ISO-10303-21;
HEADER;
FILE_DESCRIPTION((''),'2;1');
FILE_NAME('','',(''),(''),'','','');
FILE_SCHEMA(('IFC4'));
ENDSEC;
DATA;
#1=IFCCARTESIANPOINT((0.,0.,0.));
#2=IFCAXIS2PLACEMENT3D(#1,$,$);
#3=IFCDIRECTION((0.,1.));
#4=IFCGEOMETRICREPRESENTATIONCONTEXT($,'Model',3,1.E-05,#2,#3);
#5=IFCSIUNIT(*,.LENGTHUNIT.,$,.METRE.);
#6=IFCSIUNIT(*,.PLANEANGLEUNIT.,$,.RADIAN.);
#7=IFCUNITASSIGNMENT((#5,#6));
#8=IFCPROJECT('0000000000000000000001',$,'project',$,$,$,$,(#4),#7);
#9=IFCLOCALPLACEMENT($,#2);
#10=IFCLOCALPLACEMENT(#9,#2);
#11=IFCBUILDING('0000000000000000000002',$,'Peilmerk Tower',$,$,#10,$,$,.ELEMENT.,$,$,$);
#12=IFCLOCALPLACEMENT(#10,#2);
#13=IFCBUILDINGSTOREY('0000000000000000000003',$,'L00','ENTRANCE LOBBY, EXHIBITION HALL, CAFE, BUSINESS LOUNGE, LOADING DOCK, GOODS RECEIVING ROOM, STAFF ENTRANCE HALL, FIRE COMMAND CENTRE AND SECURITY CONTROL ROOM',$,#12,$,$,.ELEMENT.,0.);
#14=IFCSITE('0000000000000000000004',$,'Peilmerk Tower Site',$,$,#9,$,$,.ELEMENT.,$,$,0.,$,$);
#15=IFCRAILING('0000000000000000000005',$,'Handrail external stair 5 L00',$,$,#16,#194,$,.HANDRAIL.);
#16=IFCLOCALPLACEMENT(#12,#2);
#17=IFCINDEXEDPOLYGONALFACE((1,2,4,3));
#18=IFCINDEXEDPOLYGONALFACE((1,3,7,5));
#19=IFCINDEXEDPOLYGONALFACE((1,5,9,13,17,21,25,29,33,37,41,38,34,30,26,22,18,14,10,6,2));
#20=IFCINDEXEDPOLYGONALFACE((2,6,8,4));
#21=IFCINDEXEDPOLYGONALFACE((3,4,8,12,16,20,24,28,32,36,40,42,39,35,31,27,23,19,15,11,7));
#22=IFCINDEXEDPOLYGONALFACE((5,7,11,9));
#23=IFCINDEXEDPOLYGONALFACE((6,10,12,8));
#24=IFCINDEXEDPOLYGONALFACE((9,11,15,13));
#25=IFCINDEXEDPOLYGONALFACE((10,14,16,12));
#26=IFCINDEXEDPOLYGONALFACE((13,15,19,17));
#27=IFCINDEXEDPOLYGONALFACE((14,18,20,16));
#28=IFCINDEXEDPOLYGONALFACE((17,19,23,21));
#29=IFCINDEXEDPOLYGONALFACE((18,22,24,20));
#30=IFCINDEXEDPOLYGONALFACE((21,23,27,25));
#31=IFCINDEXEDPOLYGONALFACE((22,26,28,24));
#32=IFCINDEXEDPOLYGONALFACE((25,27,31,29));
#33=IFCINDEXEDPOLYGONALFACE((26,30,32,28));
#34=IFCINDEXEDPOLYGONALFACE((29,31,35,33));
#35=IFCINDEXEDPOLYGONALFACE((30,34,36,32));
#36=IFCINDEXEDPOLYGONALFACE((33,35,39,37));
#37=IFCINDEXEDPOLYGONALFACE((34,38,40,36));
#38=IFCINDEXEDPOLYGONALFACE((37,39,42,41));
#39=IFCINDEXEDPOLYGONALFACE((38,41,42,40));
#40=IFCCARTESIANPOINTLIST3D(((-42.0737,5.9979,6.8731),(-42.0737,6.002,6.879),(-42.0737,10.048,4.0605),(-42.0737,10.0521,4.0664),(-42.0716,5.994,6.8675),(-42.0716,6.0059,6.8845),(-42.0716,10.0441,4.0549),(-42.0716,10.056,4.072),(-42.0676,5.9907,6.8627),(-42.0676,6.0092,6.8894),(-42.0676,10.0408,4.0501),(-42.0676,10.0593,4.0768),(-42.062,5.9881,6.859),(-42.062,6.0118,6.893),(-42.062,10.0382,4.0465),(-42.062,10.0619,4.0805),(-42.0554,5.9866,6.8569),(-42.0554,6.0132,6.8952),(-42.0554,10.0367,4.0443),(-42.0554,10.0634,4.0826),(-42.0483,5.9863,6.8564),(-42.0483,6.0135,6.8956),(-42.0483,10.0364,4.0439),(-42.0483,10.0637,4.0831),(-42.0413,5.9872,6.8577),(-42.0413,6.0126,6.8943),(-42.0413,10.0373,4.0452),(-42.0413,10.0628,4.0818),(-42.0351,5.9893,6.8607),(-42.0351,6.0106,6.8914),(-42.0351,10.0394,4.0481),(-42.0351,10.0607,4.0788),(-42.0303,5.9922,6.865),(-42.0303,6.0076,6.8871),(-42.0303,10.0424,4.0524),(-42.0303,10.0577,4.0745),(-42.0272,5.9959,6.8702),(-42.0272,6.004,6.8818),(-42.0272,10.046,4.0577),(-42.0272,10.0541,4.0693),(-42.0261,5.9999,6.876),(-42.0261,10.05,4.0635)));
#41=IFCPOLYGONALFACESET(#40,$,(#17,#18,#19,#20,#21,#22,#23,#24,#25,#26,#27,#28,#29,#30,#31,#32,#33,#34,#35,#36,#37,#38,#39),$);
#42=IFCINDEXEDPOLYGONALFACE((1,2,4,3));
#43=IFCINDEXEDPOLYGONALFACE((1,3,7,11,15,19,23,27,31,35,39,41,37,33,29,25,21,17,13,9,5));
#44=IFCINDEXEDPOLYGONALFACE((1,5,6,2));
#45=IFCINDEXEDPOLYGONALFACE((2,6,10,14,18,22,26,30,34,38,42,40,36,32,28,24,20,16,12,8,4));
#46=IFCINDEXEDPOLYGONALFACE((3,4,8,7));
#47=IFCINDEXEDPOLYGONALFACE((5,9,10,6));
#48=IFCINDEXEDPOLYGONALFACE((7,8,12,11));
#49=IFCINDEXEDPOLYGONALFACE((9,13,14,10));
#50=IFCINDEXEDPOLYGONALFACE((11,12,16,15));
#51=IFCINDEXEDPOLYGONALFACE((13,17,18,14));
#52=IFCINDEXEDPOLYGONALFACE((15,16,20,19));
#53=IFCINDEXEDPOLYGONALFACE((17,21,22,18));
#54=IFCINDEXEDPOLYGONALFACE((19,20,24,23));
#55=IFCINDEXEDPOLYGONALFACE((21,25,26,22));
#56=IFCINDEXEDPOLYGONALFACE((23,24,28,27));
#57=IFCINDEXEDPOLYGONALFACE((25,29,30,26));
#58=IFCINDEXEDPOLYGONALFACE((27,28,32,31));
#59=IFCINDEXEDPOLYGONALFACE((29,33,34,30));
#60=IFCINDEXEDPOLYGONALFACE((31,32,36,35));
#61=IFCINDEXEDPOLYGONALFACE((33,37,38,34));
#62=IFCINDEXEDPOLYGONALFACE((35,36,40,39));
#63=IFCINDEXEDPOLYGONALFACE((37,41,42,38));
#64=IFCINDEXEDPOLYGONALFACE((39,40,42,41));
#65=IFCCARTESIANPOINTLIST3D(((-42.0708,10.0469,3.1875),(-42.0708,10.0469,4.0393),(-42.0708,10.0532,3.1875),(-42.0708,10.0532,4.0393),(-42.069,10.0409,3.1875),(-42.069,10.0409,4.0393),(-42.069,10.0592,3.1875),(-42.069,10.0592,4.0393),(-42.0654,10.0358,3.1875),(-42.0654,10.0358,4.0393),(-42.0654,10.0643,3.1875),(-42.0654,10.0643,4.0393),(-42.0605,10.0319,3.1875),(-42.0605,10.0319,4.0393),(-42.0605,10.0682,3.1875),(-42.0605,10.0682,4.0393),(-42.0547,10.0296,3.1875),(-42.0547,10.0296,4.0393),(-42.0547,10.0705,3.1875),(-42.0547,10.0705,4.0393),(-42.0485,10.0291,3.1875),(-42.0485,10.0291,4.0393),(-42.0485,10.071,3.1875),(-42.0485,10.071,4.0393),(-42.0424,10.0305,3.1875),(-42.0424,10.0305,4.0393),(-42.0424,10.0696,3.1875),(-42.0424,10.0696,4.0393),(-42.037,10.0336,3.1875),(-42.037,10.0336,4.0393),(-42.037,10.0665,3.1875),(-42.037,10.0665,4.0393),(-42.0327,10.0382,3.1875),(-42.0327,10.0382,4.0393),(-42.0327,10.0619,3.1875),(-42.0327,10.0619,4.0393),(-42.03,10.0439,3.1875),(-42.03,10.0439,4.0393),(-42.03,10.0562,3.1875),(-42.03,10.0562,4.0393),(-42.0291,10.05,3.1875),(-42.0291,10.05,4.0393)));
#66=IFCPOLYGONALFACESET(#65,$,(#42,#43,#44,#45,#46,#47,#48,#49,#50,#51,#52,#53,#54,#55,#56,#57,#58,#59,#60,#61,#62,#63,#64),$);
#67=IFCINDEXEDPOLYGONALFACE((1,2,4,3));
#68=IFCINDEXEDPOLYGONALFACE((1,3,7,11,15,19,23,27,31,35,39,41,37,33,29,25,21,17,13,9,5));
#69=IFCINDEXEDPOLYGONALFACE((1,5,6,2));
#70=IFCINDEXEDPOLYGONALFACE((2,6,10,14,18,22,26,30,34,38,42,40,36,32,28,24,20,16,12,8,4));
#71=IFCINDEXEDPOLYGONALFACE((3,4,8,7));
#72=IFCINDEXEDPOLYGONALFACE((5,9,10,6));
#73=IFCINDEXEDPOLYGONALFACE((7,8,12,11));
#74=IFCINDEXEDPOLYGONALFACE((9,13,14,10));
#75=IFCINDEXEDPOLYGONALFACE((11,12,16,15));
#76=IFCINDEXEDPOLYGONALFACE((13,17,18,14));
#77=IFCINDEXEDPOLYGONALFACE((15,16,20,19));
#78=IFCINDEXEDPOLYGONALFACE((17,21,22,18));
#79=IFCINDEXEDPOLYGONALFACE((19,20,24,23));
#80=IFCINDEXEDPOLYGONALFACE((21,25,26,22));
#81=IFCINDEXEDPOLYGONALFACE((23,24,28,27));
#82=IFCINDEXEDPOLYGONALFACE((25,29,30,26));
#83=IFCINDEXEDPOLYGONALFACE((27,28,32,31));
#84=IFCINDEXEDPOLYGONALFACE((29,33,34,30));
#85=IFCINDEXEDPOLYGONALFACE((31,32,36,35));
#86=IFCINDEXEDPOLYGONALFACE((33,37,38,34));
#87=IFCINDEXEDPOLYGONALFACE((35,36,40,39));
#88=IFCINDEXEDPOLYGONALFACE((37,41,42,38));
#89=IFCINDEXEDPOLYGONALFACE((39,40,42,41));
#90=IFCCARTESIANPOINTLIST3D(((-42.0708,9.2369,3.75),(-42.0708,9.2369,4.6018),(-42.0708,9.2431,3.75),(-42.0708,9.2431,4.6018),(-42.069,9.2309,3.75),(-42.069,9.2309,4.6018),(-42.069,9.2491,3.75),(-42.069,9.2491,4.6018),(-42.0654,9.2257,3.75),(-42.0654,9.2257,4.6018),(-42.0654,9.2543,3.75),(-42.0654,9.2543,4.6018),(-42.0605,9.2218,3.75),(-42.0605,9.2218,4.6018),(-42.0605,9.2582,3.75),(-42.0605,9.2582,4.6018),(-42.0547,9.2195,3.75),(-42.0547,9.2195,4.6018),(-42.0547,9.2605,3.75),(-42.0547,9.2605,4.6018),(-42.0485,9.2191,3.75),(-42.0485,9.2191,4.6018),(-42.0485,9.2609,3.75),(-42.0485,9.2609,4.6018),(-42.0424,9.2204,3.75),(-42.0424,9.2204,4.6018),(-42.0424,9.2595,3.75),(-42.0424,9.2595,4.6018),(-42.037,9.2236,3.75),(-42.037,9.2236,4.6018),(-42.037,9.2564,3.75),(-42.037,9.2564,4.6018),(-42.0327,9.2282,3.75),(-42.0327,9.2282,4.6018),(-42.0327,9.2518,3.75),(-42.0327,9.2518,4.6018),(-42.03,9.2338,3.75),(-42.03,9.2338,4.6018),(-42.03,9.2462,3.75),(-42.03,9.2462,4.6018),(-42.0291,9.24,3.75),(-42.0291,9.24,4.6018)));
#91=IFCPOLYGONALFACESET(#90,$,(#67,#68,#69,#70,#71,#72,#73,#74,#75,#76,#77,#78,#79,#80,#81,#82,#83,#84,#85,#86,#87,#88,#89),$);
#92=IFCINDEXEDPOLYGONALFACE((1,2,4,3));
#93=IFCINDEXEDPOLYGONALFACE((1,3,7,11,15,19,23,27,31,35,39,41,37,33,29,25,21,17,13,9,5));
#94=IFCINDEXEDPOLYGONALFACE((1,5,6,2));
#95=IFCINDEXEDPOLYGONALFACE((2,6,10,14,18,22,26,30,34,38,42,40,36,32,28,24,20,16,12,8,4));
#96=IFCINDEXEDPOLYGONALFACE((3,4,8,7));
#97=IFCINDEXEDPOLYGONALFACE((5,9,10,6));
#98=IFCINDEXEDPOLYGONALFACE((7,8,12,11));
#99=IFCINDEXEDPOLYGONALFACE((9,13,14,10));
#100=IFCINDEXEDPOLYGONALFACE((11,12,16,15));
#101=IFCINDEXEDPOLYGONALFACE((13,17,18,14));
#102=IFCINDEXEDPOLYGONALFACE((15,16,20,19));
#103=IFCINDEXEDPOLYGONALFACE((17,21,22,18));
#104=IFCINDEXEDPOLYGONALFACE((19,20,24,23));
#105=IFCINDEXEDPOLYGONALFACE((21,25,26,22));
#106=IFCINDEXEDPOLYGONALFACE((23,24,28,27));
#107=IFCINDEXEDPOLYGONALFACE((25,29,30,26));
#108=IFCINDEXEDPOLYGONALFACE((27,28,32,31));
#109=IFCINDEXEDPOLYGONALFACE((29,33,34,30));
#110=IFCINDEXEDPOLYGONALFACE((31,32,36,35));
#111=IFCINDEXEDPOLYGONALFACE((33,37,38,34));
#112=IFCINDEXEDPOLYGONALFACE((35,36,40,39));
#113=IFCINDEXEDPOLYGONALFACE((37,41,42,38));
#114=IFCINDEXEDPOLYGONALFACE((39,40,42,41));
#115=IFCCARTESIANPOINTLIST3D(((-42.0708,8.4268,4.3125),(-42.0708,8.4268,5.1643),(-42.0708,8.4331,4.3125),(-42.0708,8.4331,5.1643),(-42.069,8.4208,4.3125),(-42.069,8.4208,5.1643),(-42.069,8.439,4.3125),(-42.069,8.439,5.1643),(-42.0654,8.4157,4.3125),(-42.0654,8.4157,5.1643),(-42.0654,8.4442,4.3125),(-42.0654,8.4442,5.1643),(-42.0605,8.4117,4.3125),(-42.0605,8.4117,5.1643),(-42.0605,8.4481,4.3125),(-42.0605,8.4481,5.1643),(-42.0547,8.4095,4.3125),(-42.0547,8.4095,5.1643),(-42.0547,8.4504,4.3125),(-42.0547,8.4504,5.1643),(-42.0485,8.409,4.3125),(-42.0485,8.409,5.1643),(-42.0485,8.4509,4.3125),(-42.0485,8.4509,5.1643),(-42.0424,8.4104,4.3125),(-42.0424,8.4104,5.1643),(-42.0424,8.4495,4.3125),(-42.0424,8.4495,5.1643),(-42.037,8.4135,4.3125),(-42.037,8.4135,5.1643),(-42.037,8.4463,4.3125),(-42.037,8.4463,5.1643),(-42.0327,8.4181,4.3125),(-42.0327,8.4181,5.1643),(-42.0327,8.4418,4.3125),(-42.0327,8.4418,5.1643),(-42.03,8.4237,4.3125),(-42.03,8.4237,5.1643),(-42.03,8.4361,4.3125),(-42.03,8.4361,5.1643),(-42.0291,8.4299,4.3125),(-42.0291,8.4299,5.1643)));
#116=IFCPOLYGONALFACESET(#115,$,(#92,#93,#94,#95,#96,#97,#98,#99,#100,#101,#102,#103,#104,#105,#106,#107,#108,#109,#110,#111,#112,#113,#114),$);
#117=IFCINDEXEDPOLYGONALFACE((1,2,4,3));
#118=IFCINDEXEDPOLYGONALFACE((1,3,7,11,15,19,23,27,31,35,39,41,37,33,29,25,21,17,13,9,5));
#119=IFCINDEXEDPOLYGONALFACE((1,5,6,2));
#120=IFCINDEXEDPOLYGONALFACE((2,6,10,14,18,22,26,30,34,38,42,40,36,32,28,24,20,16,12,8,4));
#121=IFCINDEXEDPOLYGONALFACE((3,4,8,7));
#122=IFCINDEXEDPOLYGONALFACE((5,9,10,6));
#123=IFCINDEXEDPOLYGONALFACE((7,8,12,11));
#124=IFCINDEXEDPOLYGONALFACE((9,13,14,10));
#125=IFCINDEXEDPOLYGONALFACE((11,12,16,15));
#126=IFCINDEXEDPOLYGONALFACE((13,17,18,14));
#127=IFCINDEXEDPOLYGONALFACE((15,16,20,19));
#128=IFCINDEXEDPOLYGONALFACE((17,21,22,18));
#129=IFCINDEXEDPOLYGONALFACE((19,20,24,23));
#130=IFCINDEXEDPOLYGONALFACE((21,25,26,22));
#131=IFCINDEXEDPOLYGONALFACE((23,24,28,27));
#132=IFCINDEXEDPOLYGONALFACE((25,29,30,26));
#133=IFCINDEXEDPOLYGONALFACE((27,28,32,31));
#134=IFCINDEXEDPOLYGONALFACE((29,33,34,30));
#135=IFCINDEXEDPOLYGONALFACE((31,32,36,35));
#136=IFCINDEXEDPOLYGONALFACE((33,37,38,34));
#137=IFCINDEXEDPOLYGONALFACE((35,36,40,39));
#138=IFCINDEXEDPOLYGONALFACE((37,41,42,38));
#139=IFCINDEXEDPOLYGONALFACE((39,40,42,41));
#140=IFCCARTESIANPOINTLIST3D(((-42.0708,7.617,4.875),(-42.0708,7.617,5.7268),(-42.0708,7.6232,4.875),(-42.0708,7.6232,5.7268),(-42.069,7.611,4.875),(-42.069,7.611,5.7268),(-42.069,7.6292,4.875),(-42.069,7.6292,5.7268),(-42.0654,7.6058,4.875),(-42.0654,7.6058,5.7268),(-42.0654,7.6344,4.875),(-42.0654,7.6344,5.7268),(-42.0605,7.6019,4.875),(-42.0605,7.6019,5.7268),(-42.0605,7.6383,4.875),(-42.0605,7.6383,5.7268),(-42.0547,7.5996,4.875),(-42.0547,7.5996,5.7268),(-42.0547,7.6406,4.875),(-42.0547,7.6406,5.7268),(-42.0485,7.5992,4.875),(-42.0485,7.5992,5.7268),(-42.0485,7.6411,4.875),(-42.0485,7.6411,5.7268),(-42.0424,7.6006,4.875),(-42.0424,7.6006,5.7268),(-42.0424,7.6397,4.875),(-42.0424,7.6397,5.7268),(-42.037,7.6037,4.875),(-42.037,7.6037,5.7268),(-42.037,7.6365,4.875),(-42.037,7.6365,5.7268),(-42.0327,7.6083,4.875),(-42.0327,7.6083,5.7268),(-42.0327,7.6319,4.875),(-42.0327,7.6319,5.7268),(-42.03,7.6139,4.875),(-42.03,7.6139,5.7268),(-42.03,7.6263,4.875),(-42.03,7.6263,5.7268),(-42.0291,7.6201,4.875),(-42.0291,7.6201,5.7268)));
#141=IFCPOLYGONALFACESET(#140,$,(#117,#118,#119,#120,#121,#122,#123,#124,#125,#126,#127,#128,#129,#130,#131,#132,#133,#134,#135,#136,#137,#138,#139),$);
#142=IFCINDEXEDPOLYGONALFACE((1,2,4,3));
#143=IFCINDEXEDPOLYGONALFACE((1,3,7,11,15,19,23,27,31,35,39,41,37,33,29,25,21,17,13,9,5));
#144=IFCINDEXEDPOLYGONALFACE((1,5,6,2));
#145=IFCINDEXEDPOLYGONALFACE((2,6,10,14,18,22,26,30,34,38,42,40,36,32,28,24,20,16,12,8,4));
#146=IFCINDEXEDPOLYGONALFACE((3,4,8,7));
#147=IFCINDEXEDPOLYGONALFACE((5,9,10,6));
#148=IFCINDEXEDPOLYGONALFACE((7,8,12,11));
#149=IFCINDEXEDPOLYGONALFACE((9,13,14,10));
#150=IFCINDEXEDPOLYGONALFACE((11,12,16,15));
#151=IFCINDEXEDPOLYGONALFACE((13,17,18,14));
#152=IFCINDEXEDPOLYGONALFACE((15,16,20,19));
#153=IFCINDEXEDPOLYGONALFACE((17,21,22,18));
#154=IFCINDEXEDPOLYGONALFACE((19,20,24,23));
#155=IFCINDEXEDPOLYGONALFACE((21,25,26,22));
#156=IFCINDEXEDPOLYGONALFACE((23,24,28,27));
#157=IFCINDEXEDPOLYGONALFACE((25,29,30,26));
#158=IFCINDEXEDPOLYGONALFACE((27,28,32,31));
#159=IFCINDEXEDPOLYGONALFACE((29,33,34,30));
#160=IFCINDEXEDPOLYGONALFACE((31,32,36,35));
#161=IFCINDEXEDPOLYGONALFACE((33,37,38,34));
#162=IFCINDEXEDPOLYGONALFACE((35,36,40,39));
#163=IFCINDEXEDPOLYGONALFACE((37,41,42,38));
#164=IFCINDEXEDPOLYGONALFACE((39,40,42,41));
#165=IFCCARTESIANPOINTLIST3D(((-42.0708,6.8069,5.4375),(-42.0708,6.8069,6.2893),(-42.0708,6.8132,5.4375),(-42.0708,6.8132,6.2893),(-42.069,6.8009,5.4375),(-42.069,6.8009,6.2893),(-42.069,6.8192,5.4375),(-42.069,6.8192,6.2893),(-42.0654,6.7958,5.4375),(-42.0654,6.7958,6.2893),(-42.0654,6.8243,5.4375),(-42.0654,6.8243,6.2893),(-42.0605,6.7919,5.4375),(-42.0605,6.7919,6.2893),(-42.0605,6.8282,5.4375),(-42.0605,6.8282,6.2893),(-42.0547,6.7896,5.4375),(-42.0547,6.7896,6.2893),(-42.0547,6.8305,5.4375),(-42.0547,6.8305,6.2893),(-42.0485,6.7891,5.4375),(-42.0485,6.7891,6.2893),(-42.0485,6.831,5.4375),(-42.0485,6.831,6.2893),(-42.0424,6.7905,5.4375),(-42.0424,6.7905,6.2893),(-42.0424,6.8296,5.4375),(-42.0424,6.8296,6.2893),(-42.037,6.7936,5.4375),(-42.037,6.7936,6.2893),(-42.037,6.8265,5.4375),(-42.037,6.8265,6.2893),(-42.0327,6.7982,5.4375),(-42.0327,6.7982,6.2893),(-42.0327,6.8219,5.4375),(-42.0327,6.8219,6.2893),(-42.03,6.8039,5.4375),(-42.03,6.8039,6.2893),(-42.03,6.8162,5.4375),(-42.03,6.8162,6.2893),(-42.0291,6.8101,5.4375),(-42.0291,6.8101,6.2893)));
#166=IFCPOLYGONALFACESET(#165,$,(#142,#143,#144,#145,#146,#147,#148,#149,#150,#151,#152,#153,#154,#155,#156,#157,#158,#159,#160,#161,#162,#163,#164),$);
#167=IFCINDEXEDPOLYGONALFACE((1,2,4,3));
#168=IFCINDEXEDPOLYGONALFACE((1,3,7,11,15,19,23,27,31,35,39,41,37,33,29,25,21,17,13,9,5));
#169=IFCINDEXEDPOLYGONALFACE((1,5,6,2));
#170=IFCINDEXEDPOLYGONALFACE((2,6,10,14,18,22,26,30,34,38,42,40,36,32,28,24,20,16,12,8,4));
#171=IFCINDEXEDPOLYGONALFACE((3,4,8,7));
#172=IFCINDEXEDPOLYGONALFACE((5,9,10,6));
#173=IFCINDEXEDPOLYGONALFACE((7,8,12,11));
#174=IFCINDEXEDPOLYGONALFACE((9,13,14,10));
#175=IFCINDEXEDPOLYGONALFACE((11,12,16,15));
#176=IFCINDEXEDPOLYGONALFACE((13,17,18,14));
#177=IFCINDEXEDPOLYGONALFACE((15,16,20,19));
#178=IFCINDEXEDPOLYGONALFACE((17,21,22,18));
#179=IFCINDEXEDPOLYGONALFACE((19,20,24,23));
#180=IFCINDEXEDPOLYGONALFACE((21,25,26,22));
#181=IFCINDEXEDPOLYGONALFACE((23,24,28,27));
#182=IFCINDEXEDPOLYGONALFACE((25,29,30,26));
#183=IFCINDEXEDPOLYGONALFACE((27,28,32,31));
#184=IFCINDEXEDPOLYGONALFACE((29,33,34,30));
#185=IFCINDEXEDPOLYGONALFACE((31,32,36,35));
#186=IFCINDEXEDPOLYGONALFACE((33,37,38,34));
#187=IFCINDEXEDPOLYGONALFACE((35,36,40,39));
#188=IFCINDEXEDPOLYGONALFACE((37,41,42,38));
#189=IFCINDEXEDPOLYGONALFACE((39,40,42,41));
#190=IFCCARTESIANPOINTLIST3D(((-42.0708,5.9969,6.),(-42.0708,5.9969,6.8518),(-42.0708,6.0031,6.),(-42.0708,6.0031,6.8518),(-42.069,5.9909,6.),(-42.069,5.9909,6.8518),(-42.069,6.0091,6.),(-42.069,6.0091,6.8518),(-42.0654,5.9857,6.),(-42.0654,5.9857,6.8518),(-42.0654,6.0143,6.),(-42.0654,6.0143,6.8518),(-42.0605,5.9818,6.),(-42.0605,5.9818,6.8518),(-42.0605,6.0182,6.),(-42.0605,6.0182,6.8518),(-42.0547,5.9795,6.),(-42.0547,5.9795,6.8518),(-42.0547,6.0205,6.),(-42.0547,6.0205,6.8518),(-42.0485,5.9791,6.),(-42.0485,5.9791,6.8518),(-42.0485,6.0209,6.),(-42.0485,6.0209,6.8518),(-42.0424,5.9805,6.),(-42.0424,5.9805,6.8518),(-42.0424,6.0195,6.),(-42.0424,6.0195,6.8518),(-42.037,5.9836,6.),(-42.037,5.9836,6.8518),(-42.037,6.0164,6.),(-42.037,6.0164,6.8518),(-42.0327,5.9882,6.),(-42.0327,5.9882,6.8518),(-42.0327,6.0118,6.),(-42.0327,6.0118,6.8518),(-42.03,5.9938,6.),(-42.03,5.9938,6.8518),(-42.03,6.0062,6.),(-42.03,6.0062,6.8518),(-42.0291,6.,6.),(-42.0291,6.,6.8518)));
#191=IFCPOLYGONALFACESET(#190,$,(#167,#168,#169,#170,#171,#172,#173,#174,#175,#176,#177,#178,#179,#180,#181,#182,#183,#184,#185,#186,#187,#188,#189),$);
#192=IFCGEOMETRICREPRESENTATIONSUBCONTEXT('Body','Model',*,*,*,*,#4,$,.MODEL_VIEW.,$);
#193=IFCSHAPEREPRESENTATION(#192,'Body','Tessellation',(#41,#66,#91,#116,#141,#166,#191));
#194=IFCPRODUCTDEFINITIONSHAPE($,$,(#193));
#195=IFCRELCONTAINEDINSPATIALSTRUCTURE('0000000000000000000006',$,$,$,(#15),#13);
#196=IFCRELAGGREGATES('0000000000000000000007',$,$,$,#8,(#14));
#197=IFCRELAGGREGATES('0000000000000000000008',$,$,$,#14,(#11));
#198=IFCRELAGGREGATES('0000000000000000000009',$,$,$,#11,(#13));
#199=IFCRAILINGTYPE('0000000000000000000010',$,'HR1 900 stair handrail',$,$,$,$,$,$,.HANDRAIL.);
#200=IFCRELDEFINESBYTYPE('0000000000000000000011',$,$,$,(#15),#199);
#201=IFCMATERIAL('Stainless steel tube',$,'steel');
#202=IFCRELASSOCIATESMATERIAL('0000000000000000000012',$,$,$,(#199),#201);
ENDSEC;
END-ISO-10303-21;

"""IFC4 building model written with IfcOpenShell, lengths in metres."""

from ifc_helpers import new_model, si_unit, direction, frame, origin, origin_2d, place, context, subcontext, project, spatial, circle, extrude, material, type_object, element, save


model = new_model("IFC4")

# Units and contexts
model_context = context("Model", 3, precision=1e-05, world=origin(), true_north=direction((0.0, 1.0)))
body_context = subcontext(model_context, "Body", "Model", "MODEL_VIEW")
ifc_project = project(units=[si_unit("LENGTHUNIT", "METRE"), si_unit("PLANEANGLEUNIT", "RADIAN")], contexts=[model_context])

# Site, building, storey
site_placement = place(None, origin())
site = spatial("IfcSite", under=ifc_project, at=site_placement, Name="Peilmerk Tower Site", CompositionType="ELEMENT", RefElevation=0.0)
building_placement = place(site_placement, origin())
building = spatial("IfcBuilding", under=site, at=building_placement, Name="Peilmerk Tower", CompositionType="ELEMENT")
storey_placement = place(building_placement, origin())
storey = spatial("IfcBuildingStorey", under=building, at=storey_placement, Name="L00", Description="ENTRANCE LOBBY, EXHIBITION HALL, CAFE, BUSINESS LOUNGE, LOADING DOCK, GOODS RECEIVING ROOM, STAFF ENTRANCE HALL, FIRE COMMAND CENTRE AND SECURITY CONTROL ROOM", CompositionType="ELEMENT", Elevation=0.0)

# Railing
ifc_material_1 = material(Name="Stainless steel tube", Category="steel")
railing_type_1 = type_object("IfcRailingType", Name="HR1 900 stair handrail", PredefinedType="HANDRAIL", material=ifc_material_1)
for number, where, name in (
    (1, (-42.05, 10.05, 3.1875), "Handrail external stair 5 L00"),
):
    element("IfcRailing", number, at=place(storey_placement, frame(where)), inside=storey, type_object=railing_type_1, Name=name, PredefinedType="HANDRAIL", context=body_context, shape_type="SweptSolid", body=[
        extrude(circle(Radius=0.0239, at=origin_2d()), frame((0.0, 0.0, 0.876), z_axis=(0.0, -0.821373, 0.570391), x_axis=(1.0, 0.0, 0.0)), (0.0, 0.0, 1.0), 4.9309),
        extrude(circle(Radius=0.021, at=origin_2d()), origin(), (0.0, 0.0, 1.0), 0.8518),
        extrude(circle(Radius=0.021, at=origin_2d()), frame((0.0, -0.8101, 0.5625)), (0.0, 0.0, 1.0), 0.8518),
        extrude(circle(Radius=0.021, at=origin_2d()), frame((0.0, -1.6201, 1.125)), (0.0, 0.0, 1.0), 0.8518),
        extrude(circle(Radius=0.021, at=origin_2d()), frame((0.0, -2.4299, 1.6875)), (0.0, 0.0, 1.0), 0.8518),
        extrude(circle(Radius=0.021, at=origin_2d()), frame((0.0, -3.24, 2.25)), (0.0, 0.0, 1.0), 0.8518),
        extrude(circle(Radius=0.021, at=origin_2d()), frame((0.0, -4.05, 2.8125)), (0.0, 0.0, 1.0), 0.8518),
    ])

save(model, "model.ifc")
